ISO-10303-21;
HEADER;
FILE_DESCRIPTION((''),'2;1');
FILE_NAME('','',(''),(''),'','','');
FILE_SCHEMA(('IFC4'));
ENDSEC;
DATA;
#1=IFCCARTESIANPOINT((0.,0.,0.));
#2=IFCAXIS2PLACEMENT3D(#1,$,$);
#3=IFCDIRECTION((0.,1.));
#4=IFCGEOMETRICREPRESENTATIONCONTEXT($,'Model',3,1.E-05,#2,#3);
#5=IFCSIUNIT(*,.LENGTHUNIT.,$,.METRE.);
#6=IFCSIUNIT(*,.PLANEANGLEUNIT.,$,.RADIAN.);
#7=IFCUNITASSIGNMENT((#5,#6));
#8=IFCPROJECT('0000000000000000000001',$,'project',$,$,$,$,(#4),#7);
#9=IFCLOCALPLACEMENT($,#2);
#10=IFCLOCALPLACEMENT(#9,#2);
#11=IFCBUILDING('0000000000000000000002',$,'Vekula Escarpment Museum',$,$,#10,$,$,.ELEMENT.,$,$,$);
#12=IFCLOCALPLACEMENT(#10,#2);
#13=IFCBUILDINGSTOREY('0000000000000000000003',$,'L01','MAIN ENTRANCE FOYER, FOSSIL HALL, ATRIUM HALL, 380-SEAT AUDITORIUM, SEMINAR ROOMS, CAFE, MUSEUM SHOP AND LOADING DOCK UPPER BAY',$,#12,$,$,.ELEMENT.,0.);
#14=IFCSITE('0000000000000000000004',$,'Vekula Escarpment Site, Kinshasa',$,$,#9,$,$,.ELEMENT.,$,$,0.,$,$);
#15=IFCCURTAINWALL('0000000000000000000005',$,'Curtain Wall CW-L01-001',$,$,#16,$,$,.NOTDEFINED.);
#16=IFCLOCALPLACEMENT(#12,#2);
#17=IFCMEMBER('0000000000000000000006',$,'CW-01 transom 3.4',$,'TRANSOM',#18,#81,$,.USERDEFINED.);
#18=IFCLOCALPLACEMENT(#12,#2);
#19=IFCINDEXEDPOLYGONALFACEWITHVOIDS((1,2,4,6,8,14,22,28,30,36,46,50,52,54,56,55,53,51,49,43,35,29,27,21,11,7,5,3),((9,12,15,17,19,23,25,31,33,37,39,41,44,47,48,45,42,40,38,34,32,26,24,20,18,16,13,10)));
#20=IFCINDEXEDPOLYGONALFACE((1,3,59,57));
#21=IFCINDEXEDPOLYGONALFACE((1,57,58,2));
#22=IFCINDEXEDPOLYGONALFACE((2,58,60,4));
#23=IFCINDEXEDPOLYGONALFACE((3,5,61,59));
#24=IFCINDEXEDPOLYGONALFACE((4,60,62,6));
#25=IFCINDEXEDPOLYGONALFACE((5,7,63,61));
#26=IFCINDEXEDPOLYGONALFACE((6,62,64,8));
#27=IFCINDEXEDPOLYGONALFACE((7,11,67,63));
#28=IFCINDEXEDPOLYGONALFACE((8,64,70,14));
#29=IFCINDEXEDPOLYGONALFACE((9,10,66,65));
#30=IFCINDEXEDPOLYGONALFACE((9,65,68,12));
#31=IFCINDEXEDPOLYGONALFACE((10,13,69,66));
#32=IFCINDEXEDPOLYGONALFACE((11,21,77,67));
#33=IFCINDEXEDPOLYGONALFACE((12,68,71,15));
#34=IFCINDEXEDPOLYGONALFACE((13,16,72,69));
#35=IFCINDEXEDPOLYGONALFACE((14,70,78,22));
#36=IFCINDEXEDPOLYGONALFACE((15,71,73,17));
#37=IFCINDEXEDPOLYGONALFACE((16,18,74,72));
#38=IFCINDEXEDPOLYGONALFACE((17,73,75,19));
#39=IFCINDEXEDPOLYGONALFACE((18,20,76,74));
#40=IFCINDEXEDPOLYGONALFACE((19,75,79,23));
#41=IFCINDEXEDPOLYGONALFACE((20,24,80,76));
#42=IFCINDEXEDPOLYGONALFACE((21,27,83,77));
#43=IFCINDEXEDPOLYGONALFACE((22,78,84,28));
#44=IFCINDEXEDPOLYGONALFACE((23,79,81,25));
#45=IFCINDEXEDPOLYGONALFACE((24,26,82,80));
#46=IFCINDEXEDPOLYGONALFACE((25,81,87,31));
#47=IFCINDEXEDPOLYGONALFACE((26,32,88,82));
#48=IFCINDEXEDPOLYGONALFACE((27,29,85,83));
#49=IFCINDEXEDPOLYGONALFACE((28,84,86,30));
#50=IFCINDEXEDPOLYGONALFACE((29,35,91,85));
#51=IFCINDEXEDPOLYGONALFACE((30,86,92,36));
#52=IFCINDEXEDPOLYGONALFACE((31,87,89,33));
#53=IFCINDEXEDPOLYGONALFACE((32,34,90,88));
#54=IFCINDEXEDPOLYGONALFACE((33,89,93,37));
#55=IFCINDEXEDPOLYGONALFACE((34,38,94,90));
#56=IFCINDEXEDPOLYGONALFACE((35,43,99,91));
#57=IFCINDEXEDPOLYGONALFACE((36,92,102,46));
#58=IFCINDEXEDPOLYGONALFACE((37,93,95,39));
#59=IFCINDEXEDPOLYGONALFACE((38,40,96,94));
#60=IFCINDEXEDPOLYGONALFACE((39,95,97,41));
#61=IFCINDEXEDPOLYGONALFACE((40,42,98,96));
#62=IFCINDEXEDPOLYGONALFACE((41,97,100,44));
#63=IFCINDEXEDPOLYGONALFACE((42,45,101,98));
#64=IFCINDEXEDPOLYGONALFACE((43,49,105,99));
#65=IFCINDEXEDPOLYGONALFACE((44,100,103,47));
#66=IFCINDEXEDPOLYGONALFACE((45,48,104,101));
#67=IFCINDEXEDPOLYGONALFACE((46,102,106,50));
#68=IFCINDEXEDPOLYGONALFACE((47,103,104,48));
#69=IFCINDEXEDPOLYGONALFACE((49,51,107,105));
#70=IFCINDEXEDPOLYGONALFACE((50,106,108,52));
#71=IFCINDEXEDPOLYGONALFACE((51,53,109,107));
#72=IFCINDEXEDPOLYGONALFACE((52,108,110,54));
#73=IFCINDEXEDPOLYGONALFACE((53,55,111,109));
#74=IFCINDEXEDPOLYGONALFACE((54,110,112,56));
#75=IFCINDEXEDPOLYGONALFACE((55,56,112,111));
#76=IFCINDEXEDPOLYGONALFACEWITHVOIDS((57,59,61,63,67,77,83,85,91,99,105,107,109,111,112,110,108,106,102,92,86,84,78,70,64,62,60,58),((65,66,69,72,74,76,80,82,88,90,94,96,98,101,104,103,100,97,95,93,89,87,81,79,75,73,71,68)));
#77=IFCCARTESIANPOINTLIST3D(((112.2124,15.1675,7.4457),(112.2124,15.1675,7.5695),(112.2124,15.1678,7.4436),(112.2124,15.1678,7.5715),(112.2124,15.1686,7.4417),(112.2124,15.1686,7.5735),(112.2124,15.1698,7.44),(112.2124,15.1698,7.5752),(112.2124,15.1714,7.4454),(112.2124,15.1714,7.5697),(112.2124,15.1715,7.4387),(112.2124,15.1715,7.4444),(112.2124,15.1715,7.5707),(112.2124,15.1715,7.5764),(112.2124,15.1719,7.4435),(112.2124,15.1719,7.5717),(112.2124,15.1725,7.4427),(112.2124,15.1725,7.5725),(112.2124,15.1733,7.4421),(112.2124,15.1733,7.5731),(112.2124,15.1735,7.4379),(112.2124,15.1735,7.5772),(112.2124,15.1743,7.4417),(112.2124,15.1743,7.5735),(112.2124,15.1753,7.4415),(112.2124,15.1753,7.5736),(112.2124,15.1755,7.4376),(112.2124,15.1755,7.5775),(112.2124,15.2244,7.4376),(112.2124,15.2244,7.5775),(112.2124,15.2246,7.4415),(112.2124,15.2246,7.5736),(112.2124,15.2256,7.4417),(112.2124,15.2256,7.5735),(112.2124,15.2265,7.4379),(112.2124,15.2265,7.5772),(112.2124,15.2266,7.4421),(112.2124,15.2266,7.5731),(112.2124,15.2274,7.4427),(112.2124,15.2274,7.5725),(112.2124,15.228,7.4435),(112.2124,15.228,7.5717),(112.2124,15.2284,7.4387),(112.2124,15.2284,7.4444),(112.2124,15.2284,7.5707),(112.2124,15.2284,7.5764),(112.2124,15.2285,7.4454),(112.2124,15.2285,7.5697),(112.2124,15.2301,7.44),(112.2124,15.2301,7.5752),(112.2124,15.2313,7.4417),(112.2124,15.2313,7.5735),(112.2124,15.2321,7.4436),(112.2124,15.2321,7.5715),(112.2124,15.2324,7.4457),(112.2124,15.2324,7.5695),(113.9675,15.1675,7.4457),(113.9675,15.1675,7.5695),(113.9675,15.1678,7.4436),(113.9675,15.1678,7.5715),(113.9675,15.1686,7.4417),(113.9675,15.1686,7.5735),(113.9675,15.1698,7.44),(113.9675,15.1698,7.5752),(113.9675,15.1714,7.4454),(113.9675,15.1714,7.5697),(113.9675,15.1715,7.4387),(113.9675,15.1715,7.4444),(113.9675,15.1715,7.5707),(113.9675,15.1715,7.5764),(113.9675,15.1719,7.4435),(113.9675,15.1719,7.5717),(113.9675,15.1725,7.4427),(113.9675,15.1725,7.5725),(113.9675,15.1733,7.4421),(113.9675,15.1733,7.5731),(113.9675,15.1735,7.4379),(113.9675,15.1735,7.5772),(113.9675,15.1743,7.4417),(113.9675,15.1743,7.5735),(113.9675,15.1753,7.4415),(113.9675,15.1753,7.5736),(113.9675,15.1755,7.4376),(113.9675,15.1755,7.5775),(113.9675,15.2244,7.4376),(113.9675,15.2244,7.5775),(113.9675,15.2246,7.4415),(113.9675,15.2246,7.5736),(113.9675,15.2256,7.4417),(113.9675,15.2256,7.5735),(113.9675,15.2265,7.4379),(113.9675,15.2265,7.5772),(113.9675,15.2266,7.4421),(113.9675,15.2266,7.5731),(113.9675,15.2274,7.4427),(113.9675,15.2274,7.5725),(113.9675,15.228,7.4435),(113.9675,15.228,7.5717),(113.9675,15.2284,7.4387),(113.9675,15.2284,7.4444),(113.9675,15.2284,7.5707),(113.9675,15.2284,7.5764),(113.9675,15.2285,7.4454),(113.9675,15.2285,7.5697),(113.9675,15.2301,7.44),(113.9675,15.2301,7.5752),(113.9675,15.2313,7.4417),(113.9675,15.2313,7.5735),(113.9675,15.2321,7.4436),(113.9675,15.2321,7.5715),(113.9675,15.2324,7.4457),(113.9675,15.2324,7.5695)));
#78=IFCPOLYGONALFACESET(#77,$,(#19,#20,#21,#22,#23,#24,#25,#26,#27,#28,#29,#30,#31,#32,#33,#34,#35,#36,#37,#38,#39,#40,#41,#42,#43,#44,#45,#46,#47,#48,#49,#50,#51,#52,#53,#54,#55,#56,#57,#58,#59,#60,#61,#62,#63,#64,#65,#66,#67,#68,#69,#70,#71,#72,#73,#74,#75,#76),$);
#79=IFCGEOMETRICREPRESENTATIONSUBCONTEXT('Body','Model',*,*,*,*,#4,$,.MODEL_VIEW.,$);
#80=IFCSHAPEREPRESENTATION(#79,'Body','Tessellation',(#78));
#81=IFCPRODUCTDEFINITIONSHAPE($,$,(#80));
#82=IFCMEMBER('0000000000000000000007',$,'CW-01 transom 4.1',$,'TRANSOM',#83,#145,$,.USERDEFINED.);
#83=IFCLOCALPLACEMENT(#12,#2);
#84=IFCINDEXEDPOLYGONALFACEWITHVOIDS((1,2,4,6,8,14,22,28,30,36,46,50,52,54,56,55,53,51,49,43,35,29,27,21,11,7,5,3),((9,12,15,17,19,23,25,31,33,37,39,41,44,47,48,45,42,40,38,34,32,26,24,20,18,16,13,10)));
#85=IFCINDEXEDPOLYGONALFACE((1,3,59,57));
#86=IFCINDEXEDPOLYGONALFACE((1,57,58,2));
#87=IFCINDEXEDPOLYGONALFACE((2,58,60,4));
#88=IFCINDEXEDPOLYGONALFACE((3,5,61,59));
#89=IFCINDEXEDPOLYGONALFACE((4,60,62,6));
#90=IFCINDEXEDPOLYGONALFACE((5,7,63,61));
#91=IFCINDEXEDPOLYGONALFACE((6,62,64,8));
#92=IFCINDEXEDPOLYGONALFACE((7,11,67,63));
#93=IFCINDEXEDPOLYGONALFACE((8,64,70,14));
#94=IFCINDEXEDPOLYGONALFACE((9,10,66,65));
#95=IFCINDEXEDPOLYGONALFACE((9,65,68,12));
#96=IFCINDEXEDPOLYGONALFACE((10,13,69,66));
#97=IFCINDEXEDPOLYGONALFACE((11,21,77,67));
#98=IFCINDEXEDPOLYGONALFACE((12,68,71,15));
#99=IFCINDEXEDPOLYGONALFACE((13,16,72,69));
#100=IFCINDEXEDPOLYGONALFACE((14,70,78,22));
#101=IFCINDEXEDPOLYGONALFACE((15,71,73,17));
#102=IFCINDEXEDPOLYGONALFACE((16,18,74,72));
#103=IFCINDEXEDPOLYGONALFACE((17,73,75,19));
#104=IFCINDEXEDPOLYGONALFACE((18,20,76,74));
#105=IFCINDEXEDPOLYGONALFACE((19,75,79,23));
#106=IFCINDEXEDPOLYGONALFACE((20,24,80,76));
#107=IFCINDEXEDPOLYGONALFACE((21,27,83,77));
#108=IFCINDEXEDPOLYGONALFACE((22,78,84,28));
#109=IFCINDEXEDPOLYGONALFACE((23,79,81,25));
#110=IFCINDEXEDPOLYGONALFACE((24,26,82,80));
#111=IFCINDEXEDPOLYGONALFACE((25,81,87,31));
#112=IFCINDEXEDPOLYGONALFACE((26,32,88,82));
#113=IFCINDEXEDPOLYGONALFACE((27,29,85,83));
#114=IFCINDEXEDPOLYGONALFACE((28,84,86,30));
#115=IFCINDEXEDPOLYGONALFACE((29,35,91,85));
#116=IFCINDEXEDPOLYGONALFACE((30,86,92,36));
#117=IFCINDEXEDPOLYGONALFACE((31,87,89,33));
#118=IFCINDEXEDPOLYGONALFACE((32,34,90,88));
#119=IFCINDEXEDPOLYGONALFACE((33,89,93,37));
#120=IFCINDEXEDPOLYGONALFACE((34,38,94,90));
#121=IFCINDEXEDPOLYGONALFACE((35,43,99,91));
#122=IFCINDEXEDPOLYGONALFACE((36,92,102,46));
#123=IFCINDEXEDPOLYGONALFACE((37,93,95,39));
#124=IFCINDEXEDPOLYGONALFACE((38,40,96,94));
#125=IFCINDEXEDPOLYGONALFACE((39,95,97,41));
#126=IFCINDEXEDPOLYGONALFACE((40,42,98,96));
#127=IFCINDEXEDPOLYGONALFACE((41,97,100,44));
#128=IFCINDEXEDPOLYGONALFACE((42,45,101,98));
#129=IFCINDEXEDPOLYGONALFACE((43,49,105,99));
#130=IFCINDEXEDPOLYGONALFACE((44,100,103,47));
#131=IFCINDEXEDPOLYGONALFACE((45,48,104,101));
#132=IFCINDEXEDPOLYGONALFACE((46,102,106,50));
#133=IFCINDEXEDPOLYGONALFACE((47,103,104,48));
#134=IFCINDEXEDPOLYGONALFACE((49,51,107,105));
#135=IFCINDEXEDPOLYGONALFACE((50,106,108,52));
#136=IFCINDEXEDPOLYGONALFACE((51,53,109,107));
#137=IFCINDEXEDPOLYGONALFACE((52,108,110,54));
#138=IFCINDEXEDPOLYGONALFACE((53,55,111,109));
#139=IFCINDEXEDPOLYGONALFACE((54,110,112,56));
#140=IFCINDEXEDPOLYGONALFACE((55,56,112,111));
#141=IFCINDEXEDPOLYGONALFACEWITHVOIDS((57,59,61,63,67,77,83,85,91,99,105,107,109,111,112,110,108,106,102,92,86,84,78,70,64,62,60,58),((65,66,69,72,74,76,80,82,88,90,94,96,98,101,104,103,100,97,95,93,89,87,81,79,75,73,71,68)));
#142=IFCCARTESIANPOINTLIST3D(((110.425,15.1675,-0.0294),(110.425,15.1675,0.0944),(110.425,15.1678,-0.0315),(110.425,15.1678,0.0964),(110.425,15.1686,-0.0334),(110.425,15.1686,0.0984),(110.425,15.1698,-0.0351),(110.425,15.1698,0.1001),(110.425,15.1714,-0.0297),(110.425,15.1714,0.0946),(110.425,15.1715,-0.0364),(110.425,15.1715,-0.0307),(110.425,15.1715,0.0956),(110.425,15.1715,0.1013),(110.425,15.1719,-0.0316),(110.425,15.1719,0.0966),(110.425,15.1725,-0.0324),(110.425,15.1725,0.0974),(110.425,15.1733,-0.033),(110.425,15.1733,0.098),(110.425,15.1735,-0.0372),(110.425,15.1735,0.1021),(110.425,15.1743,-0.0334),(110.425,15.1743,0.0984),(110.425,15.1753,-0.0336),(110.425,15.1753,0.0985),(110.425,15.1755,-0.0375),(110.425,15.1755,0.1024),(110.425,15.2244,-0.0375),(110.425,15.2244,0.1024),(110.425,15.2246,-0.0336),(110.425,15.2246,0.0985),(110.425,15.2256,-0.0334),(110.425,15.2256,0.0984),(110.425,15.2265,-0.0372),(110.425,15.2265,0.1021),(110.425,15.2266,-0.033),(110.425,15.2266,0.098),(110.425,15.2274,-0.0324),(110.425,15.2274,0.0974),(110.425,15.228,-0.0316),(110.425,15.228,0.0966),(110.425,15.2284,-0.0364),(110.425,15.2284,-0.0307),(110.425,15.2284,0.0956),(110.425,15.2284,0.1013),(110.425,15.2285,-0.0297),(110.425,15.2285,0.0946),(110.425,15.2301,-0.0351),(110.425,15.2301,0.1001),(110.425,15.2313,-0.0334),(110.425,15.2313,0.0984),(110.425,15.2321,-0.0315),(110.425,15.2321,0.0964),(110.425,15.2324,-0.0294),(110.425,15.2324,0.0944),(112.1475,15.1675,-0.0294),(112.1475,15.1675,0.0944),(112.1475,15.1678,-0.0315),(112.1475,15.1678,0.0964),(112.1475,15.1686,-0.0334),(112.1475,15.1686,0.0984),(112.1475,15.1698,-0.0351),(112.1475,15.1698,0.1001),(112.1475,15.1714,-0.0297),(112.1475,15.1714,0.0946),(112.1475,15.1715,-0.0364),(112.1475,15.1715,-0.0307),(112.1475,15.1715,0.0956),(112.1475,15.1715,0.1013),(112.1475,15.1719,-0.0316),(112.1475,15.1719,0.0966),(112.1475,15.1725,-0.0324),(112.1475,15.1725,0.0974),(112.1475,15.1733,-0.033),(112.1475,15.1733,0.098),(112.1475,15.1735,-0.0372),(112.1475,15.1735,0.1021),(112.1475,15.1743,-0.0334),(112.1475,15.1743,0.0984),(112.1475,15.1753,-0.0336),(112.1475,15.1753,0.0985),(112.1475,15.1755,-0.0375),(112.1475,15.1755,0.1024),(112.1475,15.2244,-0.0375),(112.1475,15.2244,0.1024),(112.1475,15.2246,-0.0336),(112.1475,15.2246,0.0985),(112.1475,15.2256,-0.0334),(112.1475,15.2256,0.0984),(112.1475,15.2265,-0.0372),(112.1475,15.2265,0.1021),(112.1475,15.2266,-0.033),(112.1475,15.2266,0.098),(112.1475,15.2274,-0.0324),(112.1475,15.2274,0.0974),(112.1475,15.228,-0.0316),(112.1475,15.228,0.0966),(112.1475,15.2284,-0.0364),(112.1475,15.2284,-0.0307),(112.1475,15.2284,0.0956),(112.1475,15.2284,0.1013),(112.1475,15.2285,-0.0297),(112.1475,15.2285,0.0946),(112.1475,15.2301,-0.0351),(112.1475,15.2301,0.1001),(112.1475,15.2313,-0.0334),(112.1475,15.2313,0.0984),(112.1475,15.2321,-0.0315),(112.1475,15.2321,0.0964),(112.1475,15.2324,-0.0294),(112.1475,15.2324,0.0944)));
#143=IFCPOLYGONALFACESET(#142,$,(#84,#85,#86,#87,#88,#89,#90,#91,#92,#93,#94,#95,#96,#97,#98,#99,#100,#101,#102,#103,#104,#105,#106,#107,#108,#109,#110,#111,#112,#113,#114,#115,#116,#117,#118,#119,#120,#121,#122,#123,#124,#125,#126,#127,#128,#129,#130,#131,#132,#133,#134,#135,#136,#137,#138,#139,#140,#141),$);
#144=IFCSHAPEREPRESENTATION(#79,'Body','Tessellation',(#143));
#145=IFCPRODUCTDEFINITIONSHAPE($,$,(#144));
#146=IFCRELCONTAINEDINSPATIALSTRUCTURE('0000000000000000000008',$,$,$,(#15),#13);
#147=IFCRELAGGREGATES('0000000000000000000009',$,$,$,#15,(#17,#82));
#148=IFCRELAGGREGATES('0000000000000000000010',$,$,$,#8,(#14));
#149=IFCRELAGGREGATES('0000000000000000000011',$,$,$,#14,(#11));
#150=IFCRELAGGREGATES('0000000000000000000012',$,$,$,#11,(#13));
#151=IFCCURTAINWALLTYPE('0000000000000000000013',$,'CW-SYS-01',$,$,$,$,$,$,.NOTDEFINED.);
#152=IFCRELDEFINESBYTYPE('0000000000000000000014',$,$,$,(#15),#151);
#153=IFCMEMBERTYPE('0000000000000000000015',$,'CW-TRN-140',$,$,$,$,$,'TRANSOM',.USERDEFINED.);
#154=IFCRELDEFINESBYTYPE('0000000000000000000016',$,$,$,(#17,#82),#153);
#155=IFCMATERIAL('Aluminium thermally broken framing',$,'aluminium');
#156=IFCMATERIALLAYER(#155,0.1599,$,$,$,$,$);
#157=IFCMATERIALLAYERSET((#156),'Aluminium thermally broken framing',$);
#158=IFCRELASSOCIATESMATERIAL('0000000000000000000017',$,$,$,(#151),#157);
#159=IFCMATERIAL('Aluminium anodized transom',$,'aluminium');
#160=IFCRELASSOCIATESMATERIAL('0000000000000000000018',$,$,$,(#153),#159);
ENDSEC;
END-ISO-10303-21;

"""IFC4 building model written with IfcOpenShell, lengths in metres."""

from ifc_helpers import new_model, si_unit, direction, frame, origin, origin_2d, place, context, subcontext, project, spatial, hollow_rectangle, extrude, material, layer, layer_set, material_profile, profile_set, type_object, element, aggregate, save


model = new_model("IFC4")

# Units and contexts
model_context = context("Model", 3, precision=1e-05, world=origin(), true_north=direction((0.0, 1.0)))
body_context = subcontext(model_context, "Body", "Model", "MODEL_VIEW")
ifc_project = project(units=[si_unit("LENGTHUNIT", "METRE"), si_unit("PLANEANGLEUNIT", "RADIAN")], contexts=[model_context])

# Site, building, storey
site_placement = place(None, origin())
site = spatial("IfcSite", under=ifc_project, at=site_placement, Name="Vekula Escarpment Site, Kinshasa", CompositionType="ELEMENT", RefElevation=0.0)
building_placement = place(site_placement, origin())
building = spatial("IfcBuilding", under=site, at=building_placement, Name="Vekula Escarpment Museum", CompositionType="ELEMENT")
storey_placement = place(building_placement, origin())
storey = spatial("IfcBuildingStorey", under=building, at=storey_placement, Name="L01", Description="MAIN ENTRANCE FOYER, FOSSIL HALL, ATRIUM HALL, 380-SEAT AUDITORIUM, SEMINAR ROOMS, CAFE, MUSEUM SHOP AND LOADING DOCK UPPER BAY", CompositionType="ELEMENT", Elevation=0.0)

# Curtain wall, members
ifc_material_1 = material(Name="Aluminium thermally broken framing", Category="aluminium")
ifc_layer_1 = layer(ifc_material_1, 0.1599)
ifc_layer_set_1 = layer_set([ifc_layer_1], Name="Aluminium thermally broken framing")
curtain_wall_type = type_object("IfcCurtainWallType", Name="CW-SYS-01", PredefinedType="NOTDEFINED", material=ifc_layer_set_1)
curtain_wall_placement = place(storey_placement, origin())
curtain_wall = element("IfcCurtainWall", 1, at=curtain_wall_placement, inside=storey, type_object=curtain_wall_type, Name="Curtain Wall CW-L01-001", PredefinedType="NOTDEFINED")
ifc_material_2 = material(Name="Aluminium anodized transom", Category="aluminium")
ifc_material_profile_1 = material_profile(ifc_material_2, hollow_rectangle(XDim=0.0649, YDim=0.1399, WallThickness=0.0039, InnerFilletRadius=0.0039, OuterFilletRadius=0.0081, at=origin_2d()), Name="ALU 140x65x4")
ifc_profile_set_1 = profile_set([ifc_material_profile_1], Name="Aluminium anodized transom")
member_type_1 = type_object("IfcMemberType", Name="CW-TRN-140", ElementType="TRANSOM", PredefinedType="USERDEFINED", material=ifc_profile_set_1)
member_1_placement = place(storey_placement, frame((113.9675, 15.2, 7.5076), z_axis=(-1.0, 0.0, 0.0), x_axis=(0.0, -1.0, 0.0)))
member_1 = element("IfcMember", 2, at=member_1_placement, type_object=member_type_1, Name="CW-01 transom 3.4", ObjectType="TRANSOM", PredefinedType="USERDEFINED", context=body_context, shape_type="SweptSolid", body=[
    extrude(hollow_rectangle(XDim=0.0649, YDim=0.1399, WallThickness=0.0039, InnerFilletRadius=0.0039, OuterFilletRadius=0.0081, at=origin_2d()), origin(), (0.0, 0.0, 1.0), 1.7551),
])
member_2_placement = place(storey_placement, frame((112.1475, 15.2, 0.0325), z_axis=(-1.0, 0.0, 0.0), x_axis=(0.0, -1.0, 0.0)))
member_2 = element("IfcMember", 3, at=member_2_placement, type_object=member_type_1, Name="CW-01 transom 4.1", ObjectType="TRANSOM", PredefinedType="USERDEFINED", context=body_context, shape_type="SweptSolid", body=[
    extrude(hollow_rectangle(XDim=0.0649, YDim=0.1399, WallThickness=0.0039, InnerFilletRadius=0.0039, OuterFilletRadius=0.0081, at=origin_2d()), origin(), (0.0, 0.0, 1.0), 1.7224),
])
aggregate(curtain_wall, [member_1, member_2])

save(model, "model.ifc")
